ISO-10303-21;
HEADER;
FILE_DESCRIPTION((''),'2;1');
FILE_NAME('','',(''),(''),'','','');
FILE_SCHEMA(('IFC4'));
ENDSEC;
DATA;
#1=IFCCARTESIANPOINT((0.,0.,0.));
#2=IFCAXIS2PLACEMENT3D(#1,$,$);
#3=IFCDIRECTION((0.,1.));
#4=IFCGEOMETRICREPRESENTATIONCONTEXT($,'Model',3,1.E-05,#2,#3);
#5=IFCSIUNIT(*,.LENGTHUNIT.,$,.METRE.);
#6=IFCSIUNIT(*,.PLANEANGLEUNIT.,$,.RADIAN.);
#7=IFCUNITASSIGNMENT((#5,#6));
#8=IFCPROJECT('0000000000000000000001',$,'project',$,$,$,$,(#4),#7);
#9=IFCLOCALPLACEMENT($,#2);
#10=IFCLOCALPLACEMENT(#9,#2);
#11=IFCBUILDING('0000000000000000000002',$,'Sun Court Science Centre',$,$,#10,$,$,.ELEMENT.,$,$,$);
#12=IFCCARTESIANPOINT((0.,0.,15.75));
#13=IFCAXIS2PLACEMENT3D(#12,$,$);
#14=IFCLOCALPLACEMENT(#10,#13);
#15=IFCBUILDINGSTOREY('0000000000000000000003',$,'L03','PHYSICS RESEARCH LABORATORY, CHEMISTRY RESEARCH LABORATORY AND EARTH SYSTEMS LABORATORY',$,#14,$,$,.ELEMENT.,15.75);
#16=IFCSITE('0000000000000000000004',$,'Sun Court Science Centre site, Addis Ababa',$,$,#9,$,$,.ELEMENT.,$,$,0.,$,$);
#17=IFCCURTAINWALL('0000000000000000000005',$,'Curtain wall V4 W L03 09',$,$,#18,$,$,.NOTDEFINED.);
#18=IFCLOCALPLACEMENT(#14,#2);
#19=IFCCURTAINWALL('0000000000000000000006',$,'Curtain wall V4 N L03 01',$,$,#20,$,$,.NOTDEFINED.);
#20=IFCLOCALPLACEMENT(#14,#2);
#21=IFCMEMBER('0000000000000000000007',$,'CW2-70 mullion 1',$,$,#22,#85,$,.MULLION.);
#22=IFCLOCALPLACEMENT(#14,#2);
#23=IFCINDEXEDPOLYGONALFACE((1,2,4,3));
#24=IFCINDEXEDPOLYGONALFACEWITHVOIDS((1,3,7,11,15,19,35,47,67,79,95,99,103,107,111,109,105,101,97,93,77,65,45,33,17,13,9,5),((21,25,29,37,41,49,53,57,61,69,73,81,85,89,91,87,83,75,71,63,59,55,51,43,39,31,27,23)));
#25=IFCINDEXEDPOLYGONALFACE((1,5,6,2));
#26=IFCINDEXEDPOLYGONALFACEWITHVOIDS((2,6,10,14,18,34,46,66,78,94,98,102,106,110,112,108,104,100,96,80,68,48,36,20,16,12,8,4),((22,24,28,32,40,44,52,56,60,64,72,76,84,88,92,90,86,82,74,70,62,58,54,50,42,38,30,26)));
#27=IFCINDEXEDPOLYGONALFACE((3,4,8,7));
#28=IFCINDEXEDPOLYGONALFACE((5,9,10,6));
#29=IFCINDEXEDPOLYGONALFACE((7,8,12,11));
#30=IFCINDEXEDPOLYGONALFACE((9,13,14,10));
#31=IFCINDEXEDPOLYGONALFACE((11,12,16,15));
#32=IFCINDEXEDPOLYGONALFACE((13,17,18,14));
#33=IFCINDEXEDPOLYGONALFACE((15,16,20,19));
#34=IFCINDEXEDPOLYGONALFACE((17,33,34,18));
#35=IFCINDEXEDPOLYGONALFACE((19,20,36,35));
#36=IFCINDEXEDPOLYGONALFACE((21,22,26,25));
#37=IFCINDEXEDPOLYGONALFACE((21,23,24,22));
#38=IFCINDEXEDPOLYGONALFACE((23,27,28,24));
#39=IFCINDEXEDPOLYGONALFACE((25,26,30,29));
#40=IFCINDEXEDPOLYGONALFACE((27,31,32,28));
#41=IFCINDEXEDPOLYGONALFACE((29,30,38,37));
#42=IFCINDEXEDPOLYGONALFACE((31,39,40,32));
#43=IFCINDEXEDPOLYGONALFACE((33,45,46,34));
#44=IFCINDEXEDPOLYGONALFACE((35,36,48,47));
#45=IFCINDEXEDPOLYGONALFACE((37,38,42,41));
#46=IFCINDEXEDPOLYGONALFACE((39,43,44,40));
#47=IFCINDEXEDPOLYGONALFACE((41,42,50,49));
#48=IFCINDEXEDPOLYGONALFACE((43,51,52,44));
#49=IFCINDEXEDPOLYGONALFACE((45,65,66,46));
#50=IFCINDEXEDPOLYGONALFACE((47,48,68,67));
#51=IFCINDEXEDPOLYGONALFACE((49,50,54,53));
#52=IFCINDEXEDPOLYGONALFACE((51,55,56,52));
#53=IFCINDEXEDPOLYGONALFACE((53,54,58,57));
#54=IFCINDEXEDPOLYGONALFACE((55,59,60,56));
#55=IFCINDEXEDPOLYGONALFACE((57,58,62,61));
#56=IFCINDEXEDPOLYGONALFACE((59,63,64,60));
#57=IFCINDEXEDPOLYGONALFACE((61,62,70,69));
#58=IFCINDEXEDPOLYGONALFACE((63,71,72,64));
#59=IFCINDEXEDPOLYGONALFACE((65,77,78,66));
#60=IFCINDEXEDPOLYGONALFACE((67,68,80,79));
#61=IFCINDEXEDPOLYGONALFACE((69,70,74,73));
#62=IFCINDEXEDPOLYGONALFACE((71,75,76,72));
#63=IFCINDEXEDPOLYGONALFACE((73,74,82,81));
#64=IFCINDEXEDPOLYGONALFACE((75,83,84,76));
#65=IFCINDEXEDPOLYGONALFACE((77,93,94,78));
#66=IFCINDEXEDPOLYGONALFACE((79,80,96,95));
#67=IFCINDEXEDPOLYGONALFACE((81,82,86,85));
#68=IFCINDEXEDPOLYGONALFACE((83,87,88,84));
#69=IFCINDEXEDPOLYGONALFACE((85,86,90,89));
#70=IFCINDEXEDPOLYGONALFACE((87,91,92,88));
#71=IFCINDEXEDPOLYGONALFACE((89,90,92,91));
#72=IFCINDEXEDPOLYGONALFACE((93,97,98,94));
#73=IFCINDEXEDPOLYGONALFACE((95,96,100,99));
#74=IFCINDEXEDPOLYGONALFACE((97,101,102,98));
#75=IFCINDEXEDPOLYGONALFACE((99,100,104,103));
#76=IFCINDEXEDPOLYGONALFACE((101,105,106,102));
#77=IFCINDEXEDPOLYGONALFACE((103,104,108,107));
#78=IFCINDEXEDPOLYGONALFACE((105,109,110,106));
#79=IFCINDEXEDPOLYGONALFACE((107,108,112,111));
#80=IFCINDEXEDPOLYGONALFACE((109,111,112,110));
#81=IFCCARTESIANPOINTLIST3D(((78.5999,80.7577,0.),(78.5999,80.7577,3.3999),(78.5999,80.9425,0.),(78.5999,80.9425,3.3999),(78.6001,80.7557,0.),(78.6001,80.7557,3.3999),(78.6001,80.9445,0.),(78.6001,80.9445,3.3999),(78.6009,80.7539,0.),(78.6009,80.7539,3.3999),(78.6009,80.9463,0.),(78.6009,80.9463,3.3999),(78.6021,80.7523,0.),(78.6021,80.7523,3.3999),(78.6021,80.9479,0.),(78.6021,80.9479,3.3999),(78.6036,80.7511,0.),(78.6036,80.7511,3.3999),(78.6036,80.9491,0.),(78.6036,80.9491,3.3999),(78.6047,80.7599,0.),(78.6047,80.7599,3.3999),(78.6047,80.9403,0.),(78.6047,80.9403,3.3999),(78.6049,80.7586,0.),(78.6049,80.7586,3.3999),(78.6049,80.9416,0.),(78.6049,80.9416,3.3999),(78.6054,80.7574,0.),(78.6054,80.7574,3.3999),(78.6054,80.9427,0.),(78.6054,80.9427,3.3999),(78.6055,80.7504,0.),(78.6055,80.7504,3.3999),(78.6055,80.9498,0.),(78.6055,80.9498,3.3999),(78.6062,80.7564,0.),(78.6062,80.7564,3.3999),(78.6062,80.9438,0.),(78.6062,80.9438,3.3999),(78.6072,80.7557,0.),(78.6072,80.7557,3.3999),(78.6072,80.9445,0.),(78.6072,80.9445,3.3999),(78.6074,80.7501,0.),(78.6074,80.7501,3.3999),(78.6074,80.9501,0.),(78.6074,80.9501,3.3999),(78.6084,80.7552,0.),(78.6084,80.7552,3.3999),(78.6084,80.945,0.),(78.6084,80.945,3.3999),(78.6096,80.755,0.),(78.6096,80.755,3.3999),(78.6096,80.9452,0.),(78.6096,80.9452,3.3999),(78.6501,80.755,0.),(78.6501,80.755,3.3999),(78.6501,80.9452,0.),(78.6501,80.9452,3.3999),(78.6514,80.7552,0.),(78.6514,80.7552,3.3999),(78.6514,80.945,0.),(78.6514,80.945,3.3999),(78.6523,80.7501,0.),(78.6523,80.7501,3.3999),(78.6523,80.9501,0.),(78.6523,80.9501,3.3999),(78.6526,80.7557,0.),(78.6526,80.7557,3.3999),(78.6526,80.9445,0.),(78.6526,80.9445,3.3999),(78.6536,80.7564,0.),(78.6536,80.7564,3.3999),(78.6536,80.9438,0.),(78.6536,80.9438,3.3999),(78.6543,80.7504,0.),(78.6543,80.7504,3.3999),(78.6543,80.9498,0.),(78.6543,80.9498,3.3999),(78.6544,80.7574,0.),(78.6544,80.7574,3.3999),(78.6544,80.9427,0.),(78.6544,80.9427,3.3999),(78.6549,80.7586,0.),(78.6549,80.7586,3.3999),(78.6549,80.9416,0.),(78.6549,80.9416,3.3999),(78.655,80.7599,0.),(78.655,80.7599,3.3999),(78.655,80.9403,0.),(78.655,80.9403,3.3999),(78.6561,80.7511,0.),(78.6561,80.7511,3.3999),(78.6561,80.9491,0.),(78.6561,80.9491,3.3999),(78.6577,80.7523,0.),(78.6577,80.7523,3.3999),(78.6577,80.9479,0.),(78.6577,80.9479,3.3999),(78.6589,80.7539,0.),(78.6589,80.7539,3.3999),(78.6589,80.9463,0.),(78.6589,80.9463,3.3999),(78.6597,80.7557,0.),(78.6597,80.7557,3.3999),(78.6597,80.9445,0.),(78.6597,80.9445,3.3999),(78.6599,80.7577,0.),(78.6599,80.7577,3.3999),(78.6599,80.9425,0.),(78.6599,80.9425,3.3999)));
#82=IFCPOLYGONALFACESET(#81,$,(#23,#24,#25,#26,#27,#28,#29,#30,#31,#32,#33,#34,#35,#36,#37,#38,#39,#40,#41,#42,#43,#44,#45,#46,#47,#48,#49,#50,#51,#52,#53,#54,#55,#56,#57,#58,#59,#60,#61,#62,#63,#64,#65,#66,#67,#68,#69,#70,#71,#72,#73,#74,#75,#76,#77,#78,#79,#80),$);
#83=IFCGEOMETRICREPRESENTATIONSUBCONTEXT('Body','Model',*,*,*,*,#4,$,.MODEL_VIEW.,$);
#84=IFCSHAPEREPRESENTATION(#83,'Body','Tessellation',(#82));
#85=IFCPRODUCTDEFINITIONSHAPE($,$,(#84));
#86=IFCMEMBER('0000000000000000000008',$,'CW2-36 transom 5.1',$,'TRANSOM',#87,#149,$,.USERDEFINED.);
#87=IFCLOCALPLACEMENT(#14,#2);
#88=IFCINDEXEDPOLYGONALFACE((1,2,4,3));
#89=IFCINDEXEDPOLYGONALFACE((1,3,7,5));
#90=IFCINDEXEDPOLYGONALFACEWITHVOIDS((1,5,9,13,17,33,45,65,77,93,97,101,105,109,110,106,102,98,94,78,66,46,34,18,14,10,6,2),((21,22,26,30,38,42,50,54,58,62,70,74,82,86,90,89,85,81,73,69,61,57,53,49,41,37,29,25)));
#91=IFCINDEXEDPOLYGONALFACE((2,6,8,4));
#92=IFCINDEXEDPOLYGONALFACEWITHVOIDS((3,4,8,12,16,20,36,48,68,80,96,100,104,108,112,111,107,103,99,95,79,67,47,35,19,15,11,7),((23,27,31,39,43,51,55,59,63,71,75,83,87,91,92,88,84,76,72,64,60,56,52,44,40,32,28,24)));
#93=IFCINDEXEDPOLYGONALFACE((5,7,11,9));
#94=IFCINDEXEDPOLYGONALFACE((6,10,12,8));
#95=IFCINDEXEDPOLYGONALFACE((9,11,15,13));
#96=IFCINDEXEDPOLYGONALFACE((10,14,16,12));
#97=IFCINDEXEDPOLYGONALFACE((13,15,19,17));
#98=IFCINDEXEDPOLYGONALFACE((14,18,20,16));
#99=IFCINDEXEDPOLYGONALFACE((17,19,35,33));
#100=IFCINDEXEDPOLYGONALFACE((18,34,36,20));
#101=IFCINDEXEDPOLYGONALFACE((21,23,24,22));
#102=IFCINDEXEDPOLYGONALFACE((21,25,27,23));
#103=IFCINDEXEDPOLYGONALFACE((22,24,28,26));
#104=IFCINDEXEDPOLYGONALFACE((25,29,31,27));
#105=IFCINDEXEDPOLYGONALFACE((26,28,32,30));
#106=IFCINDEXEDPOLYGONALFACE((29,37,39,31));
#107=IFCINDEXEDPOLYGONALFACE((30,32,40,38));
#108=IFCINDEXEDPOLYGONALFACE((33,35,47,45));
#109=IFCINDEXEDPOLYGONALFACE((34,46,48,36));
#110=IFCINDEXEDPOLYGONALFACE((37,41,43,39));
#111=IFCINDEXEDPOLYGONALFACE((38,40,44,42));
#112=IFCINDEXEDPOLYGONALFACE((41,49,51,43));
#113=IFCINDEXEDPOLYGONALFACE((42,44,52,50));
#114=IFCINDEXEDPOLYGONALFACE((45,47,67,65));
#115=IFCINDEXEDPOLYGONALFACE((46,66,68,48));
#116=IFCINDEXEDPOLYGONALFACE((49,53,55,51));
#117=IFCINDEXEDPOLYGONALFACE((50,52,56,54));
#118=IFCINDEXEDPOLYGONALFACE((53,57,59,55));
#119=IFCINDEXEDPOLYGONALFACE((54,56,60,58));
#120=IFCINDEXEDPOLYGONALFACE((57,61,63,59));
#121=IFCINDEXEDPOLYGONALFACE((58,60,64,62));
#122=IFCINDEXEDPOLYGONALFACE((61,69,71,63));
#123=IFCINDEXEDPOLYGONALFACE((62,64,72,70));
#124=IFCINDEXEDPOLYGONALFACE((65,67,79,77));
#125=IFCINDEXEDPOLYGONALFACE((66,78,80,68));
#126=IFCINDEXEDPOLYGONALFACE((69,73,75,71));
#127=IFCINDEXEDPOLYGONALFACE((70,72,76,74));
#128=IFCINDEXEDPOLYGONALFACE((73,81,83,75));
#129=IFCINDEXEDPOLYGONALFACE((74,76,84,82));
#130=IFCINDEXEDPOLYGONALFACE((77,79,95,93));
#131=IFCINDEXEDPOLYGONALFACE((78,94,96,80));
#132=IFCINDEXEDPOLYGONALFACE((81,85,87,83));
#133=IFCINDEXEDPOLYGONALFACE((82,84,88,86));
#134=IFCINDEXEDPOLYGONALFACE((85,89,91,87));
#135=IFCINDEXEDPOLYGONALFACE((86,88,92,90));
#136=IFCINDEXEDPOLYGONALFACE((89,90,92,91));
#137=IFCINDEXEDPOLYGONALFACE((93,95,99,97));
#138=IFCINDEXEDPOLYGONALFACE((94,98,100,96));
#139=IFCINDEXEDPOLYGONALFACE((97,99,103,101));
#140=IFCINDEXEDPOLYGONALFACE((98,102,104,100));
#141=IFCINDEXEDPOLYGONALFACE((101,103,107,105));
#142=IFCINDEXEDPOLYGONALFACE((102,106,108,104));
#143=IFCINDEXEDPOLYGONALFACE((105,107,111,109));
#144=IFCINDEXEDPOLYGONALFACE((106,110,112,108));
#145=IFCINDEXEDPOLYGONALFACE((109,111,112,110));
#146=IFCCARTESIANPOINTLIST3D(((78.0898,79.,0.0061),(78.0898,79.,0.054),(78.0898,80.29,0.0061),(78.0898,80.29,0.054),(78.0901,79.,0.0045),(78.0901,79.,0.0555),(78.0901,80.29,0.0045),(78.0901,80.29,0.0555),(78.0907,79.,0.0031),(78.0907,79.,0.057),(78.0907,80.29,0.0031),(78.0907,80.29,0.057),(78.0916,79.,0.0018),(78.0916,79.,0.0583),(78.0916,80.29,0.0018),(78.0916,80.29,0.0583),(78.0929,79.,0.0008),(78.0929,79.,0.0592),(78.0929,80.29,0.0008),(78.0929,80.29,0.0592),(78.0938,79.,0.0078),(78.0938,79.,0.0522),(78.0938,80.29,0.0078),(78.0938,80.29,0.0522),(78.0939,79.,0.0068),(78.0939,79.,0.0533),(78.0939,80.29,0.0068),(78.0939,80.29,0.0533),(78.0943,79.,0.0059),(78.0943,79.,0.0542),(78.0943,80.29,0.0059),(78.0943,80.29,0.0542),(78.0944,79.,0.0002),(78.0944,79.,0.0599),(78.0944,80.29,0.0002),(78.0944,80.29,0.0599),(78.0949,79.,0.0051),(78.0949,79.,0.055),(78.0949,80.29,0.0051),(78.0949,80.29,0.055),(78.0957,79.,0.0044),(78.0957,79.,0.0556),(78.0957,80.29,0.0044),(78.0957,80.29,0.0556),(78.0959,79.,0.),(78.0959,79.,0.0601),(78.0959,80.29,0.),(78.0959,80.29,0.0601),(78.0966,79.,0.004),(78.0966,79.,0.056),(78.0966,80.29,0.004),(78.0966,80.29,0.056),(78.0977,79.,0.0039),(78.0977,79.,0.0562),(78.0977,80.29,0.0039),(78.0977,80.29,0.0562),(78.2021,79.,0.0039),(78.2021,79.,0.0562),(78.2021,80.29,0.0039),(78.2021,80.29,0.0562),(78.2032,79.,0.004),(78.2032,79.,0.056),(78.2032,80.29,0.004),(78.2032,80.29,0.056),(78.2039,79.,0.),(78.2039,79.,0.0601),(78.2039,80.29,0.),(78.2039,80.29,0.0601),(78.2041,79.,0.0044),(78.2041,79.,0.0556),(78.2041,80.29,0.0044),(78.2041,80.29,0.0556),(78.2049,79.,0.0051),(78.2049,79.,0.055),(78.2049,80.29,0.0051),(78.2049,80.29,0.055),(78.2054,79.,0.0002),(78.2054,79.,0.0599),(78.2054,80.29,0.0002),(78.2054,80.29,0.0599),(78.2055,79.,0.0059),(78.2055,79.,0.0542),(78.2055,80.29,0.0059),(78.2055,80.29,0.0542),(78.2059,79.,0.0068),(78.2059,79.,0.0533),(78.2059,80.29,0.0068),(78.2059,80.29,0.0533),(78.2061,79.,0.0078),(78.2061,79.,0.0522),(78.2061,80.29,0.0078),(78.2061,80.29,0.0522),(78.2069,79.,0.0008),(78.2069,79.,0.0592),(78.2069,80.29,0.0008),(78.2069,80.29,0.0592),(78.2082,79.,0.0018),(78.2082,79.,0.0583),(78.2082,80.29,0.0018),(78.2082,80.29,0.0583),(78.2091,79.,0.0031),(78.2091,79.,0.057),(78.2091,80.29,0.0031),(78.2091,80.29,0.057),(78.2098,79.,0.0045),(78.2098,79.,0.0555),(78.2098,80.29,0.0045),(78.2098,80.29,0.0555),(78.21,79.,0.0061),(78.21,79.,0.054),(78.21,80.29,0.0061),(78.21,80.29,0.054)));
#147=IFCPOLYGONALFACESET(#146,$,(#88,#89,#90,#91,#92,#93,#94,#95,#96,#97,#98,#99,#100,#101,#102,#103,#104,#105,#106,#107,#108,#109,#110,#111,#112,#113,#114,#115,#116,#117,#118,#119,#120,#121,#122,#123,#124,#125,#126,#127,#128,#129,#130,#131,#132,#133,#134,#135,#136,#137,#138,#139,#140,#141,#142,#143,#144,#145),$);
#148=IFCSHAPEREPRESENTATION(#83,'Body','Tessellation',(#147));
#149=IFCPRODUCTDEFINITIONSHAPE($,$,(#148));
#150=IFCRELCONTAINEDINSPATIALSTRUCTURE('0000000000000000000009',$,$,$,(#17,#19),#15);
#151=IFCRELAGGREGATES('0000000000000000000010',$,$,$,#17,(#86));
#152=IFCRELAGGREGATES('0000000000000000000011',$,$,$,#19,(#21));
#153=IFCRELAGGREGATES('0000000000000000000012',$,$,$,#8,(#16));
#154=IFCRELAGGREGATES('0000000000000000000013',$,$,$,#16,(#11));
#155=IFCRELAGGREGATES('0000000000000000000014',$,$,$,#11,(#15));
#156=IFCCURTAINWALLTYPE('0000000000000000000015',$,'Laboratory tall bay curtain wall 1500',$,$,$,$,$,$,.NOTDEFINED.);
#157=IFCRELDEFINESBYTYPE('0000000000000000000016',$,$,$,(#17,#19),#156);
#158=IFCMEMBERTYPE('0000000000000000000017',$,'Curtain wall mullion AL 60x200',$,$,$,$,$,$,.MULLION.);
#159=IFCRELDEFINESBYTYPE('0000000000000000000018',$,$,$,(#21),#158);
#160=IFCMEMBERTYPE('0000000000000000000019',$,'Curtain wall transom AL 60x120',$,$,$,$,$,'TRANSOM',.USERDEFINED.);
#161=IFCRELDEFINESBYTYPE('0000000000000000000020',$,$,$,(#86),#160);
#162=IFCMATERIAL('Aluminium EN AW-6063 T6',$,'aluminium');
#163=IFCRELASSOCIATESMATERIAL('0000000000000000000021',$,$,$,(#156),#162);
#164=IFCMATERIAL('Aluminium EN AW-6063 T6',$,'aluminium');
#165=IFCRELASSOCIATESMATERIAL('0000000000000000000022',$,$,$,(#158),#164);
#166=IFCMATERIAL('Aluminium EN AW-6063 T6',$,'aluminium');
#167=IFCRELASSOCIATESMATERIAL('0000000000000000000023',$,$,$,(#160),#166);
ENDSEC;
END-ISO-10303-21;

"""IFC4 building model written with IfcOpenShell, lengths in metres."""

from ifc_helpers import new_model, si_unit, direction, frame, origin, origin_2d, place, context, subcontext, project, spatial, hollow_rectangle, extrude, material, material_profile, profile_set, type_object, element, aggregate, save


model = new_model("IFC4")

# Units and contexts
model_context = context("Model", 3, precision=1e-05, world=origin(), true_north=direction((0.0, 1.0)))
body_context = subcontext(model_context, "Body", "Model", "MODEL_VIEW")
ifc_project = project(units=[si_unit("LENGTHUNIT", "METRE"), si_unit("PLANEANGLEUNIT", "RADIAN")], contexts=[model_context])

# Site, building, storey
site_placement = place(None, origin())
site = spatial("IfcSite", under=ifc_project, at=site_placement, Name="Sun Court Science Centre site, Addis Ababa", CompositionType="ELEMENT", RefElevation=0.0)
building_placement = place(site_placement, origin())
building = spatial("IfcBuilding", under=site, at=building_placement, Name="Sun Court Science Centre", CompositionType="ELEMENT")
storey_placement = place(building_placement, frame((0.0, 0.0, 15.75)))
storey = spatial("IfcBuildingStorey", under=building, at=storey_placement, Name="L03", Description="PHYSICS RESEARCH LABORATORY, CHEMISTRY RESEARCH LABORATORY AND EARTH SYSTEMS LABORATORY", CompositionType="ELEMENT", Elevation=15.75)

# Curtain wall
ifc_material_1 = material(Name="Aluminium EN AW-6063 T6", Category="aluminium")
curtain_wall_type = type_object("IfcCurtainWallType", Name="Laboratory tall bay curtain wall 1500", PredefinedType="NOTDEFINED", material=ifc_material_1)
curtain_wall_1_placement = place(storey_placement, origin())
curtain_wall_1 = element("IfcCurtainWall", 1, at=curtain_wall_1_placement, inside=storey, type_object=curtain_wall_type, Name="Curtain wall V4 W L03 09", PredefinedType="NOTDEFINED")
ifc_material_2 = material(Name="Aluminium EN AW-6063 T6", Category="aluminium")
ifc_material_profile_1 = material_profile(ifc_material_2, hollow_rectangle(XDim=0.0601, YDim=0.2, WallThickness=0.0049, InnerFilletRadius=0.0049, OuterFilletRadius=0.0076, at=origin_2d()), Name="AL 60x200x5")
ifc_profile_set_1 = profile_set([ifc_material_profile_1], Name="Aluminium EN AW-6063 T6")
member_type_1 = type_object("IfcMemberType", Name="Curtain wall mullion AL 60x200", PredefinedType="MULLION", material=ifc_profile_set_1)

# Curtain wall, member
curtain_wall_2_placement = place(storey_placement, origin())
curtain_wall_2 = element("IfcCurtainWall", 2, at=curtain_wall_2_placement, inside=storey, type_object=curtain_wall_type, Name="Curtain wall V4 N L03 01", PredefinedType="NOTDEFINED")
member_1_placement = place(storey_placement, frame((78.6299, 80.8501, 0.0), z_axis=(0.0, 0.0, 1.0), x_axis=(1.0, 0.0, 0.0)))
member_1 = element("IfcMember", 3, at=member_1_placement, type_object=member_type_1, Name="CW2-70 mullion 1", PredefinedType="MULLION", context=body_context, shape_type="SweptSolid", body=[
    extrude(hollow_rectangle(XDim=0.0601, YDim=0.2, WallThickness=0.0049, InnerFilletRadius=0.0049, OuterFilletRadius=0.0076, at=origin_2d()), origin(), (0.0, 0.0, 1.0), 3.3999),
])

# Member
ifc_material_3 = material(Name="Aluminium EN AW-6063 T6", Category="aluminium")
ifc_material_profile_2 = material_profile(ifc_material_3, hollow_rectangle(XDim=0.0601, YDim=0.1201, WallThickness=0.0039, InnerFilletRadius=0.0039, OuterFilletRadius=0.0061, at=origin_2d()), Name="AL 60x120x4")
ifc_profile_set_2 = profile_set([ifc_material_profile_2], Name="Aluminium EN AW-6063 T6")
member_type_2 = type_object("IfcMemberType", Name="Curtain wall transom AL 60x120", ElementType="TRANSOM", PredefinedType="USERDEFINED", material=ifc_profile_set_2)
member_2_placement = place(storey_placement, frame((78.1499, 79.0, 0.03), z_axis=(0.0, 1.0, 0.0), x_axis=(0.0, 0.0, 1.0)))
member_2 = element("IfcMember", 4, at=member_2_placement, type_object=member_type_2, Name="CW2-36 transom 5.1", ObjectType="TRANSOM", PredefinedType="USERDEFINED", context=body_context, shape_type="SweptSolid", body=[
    extrude(hollow_rectangle(XDim=0.0601, YDim=0.1201, WallThickness=0.0039, InnerFilletRadius=0.0039, OuterFilletRadius=0.0061, at=origin_2d()), origin(), (0.0, 0.0, 1.0), 1.29),
])

aggregate(curtain_wall_1, [member_2])
aggregate(curtain_wall_2, [member_1])

save(model, "model.ifc")
